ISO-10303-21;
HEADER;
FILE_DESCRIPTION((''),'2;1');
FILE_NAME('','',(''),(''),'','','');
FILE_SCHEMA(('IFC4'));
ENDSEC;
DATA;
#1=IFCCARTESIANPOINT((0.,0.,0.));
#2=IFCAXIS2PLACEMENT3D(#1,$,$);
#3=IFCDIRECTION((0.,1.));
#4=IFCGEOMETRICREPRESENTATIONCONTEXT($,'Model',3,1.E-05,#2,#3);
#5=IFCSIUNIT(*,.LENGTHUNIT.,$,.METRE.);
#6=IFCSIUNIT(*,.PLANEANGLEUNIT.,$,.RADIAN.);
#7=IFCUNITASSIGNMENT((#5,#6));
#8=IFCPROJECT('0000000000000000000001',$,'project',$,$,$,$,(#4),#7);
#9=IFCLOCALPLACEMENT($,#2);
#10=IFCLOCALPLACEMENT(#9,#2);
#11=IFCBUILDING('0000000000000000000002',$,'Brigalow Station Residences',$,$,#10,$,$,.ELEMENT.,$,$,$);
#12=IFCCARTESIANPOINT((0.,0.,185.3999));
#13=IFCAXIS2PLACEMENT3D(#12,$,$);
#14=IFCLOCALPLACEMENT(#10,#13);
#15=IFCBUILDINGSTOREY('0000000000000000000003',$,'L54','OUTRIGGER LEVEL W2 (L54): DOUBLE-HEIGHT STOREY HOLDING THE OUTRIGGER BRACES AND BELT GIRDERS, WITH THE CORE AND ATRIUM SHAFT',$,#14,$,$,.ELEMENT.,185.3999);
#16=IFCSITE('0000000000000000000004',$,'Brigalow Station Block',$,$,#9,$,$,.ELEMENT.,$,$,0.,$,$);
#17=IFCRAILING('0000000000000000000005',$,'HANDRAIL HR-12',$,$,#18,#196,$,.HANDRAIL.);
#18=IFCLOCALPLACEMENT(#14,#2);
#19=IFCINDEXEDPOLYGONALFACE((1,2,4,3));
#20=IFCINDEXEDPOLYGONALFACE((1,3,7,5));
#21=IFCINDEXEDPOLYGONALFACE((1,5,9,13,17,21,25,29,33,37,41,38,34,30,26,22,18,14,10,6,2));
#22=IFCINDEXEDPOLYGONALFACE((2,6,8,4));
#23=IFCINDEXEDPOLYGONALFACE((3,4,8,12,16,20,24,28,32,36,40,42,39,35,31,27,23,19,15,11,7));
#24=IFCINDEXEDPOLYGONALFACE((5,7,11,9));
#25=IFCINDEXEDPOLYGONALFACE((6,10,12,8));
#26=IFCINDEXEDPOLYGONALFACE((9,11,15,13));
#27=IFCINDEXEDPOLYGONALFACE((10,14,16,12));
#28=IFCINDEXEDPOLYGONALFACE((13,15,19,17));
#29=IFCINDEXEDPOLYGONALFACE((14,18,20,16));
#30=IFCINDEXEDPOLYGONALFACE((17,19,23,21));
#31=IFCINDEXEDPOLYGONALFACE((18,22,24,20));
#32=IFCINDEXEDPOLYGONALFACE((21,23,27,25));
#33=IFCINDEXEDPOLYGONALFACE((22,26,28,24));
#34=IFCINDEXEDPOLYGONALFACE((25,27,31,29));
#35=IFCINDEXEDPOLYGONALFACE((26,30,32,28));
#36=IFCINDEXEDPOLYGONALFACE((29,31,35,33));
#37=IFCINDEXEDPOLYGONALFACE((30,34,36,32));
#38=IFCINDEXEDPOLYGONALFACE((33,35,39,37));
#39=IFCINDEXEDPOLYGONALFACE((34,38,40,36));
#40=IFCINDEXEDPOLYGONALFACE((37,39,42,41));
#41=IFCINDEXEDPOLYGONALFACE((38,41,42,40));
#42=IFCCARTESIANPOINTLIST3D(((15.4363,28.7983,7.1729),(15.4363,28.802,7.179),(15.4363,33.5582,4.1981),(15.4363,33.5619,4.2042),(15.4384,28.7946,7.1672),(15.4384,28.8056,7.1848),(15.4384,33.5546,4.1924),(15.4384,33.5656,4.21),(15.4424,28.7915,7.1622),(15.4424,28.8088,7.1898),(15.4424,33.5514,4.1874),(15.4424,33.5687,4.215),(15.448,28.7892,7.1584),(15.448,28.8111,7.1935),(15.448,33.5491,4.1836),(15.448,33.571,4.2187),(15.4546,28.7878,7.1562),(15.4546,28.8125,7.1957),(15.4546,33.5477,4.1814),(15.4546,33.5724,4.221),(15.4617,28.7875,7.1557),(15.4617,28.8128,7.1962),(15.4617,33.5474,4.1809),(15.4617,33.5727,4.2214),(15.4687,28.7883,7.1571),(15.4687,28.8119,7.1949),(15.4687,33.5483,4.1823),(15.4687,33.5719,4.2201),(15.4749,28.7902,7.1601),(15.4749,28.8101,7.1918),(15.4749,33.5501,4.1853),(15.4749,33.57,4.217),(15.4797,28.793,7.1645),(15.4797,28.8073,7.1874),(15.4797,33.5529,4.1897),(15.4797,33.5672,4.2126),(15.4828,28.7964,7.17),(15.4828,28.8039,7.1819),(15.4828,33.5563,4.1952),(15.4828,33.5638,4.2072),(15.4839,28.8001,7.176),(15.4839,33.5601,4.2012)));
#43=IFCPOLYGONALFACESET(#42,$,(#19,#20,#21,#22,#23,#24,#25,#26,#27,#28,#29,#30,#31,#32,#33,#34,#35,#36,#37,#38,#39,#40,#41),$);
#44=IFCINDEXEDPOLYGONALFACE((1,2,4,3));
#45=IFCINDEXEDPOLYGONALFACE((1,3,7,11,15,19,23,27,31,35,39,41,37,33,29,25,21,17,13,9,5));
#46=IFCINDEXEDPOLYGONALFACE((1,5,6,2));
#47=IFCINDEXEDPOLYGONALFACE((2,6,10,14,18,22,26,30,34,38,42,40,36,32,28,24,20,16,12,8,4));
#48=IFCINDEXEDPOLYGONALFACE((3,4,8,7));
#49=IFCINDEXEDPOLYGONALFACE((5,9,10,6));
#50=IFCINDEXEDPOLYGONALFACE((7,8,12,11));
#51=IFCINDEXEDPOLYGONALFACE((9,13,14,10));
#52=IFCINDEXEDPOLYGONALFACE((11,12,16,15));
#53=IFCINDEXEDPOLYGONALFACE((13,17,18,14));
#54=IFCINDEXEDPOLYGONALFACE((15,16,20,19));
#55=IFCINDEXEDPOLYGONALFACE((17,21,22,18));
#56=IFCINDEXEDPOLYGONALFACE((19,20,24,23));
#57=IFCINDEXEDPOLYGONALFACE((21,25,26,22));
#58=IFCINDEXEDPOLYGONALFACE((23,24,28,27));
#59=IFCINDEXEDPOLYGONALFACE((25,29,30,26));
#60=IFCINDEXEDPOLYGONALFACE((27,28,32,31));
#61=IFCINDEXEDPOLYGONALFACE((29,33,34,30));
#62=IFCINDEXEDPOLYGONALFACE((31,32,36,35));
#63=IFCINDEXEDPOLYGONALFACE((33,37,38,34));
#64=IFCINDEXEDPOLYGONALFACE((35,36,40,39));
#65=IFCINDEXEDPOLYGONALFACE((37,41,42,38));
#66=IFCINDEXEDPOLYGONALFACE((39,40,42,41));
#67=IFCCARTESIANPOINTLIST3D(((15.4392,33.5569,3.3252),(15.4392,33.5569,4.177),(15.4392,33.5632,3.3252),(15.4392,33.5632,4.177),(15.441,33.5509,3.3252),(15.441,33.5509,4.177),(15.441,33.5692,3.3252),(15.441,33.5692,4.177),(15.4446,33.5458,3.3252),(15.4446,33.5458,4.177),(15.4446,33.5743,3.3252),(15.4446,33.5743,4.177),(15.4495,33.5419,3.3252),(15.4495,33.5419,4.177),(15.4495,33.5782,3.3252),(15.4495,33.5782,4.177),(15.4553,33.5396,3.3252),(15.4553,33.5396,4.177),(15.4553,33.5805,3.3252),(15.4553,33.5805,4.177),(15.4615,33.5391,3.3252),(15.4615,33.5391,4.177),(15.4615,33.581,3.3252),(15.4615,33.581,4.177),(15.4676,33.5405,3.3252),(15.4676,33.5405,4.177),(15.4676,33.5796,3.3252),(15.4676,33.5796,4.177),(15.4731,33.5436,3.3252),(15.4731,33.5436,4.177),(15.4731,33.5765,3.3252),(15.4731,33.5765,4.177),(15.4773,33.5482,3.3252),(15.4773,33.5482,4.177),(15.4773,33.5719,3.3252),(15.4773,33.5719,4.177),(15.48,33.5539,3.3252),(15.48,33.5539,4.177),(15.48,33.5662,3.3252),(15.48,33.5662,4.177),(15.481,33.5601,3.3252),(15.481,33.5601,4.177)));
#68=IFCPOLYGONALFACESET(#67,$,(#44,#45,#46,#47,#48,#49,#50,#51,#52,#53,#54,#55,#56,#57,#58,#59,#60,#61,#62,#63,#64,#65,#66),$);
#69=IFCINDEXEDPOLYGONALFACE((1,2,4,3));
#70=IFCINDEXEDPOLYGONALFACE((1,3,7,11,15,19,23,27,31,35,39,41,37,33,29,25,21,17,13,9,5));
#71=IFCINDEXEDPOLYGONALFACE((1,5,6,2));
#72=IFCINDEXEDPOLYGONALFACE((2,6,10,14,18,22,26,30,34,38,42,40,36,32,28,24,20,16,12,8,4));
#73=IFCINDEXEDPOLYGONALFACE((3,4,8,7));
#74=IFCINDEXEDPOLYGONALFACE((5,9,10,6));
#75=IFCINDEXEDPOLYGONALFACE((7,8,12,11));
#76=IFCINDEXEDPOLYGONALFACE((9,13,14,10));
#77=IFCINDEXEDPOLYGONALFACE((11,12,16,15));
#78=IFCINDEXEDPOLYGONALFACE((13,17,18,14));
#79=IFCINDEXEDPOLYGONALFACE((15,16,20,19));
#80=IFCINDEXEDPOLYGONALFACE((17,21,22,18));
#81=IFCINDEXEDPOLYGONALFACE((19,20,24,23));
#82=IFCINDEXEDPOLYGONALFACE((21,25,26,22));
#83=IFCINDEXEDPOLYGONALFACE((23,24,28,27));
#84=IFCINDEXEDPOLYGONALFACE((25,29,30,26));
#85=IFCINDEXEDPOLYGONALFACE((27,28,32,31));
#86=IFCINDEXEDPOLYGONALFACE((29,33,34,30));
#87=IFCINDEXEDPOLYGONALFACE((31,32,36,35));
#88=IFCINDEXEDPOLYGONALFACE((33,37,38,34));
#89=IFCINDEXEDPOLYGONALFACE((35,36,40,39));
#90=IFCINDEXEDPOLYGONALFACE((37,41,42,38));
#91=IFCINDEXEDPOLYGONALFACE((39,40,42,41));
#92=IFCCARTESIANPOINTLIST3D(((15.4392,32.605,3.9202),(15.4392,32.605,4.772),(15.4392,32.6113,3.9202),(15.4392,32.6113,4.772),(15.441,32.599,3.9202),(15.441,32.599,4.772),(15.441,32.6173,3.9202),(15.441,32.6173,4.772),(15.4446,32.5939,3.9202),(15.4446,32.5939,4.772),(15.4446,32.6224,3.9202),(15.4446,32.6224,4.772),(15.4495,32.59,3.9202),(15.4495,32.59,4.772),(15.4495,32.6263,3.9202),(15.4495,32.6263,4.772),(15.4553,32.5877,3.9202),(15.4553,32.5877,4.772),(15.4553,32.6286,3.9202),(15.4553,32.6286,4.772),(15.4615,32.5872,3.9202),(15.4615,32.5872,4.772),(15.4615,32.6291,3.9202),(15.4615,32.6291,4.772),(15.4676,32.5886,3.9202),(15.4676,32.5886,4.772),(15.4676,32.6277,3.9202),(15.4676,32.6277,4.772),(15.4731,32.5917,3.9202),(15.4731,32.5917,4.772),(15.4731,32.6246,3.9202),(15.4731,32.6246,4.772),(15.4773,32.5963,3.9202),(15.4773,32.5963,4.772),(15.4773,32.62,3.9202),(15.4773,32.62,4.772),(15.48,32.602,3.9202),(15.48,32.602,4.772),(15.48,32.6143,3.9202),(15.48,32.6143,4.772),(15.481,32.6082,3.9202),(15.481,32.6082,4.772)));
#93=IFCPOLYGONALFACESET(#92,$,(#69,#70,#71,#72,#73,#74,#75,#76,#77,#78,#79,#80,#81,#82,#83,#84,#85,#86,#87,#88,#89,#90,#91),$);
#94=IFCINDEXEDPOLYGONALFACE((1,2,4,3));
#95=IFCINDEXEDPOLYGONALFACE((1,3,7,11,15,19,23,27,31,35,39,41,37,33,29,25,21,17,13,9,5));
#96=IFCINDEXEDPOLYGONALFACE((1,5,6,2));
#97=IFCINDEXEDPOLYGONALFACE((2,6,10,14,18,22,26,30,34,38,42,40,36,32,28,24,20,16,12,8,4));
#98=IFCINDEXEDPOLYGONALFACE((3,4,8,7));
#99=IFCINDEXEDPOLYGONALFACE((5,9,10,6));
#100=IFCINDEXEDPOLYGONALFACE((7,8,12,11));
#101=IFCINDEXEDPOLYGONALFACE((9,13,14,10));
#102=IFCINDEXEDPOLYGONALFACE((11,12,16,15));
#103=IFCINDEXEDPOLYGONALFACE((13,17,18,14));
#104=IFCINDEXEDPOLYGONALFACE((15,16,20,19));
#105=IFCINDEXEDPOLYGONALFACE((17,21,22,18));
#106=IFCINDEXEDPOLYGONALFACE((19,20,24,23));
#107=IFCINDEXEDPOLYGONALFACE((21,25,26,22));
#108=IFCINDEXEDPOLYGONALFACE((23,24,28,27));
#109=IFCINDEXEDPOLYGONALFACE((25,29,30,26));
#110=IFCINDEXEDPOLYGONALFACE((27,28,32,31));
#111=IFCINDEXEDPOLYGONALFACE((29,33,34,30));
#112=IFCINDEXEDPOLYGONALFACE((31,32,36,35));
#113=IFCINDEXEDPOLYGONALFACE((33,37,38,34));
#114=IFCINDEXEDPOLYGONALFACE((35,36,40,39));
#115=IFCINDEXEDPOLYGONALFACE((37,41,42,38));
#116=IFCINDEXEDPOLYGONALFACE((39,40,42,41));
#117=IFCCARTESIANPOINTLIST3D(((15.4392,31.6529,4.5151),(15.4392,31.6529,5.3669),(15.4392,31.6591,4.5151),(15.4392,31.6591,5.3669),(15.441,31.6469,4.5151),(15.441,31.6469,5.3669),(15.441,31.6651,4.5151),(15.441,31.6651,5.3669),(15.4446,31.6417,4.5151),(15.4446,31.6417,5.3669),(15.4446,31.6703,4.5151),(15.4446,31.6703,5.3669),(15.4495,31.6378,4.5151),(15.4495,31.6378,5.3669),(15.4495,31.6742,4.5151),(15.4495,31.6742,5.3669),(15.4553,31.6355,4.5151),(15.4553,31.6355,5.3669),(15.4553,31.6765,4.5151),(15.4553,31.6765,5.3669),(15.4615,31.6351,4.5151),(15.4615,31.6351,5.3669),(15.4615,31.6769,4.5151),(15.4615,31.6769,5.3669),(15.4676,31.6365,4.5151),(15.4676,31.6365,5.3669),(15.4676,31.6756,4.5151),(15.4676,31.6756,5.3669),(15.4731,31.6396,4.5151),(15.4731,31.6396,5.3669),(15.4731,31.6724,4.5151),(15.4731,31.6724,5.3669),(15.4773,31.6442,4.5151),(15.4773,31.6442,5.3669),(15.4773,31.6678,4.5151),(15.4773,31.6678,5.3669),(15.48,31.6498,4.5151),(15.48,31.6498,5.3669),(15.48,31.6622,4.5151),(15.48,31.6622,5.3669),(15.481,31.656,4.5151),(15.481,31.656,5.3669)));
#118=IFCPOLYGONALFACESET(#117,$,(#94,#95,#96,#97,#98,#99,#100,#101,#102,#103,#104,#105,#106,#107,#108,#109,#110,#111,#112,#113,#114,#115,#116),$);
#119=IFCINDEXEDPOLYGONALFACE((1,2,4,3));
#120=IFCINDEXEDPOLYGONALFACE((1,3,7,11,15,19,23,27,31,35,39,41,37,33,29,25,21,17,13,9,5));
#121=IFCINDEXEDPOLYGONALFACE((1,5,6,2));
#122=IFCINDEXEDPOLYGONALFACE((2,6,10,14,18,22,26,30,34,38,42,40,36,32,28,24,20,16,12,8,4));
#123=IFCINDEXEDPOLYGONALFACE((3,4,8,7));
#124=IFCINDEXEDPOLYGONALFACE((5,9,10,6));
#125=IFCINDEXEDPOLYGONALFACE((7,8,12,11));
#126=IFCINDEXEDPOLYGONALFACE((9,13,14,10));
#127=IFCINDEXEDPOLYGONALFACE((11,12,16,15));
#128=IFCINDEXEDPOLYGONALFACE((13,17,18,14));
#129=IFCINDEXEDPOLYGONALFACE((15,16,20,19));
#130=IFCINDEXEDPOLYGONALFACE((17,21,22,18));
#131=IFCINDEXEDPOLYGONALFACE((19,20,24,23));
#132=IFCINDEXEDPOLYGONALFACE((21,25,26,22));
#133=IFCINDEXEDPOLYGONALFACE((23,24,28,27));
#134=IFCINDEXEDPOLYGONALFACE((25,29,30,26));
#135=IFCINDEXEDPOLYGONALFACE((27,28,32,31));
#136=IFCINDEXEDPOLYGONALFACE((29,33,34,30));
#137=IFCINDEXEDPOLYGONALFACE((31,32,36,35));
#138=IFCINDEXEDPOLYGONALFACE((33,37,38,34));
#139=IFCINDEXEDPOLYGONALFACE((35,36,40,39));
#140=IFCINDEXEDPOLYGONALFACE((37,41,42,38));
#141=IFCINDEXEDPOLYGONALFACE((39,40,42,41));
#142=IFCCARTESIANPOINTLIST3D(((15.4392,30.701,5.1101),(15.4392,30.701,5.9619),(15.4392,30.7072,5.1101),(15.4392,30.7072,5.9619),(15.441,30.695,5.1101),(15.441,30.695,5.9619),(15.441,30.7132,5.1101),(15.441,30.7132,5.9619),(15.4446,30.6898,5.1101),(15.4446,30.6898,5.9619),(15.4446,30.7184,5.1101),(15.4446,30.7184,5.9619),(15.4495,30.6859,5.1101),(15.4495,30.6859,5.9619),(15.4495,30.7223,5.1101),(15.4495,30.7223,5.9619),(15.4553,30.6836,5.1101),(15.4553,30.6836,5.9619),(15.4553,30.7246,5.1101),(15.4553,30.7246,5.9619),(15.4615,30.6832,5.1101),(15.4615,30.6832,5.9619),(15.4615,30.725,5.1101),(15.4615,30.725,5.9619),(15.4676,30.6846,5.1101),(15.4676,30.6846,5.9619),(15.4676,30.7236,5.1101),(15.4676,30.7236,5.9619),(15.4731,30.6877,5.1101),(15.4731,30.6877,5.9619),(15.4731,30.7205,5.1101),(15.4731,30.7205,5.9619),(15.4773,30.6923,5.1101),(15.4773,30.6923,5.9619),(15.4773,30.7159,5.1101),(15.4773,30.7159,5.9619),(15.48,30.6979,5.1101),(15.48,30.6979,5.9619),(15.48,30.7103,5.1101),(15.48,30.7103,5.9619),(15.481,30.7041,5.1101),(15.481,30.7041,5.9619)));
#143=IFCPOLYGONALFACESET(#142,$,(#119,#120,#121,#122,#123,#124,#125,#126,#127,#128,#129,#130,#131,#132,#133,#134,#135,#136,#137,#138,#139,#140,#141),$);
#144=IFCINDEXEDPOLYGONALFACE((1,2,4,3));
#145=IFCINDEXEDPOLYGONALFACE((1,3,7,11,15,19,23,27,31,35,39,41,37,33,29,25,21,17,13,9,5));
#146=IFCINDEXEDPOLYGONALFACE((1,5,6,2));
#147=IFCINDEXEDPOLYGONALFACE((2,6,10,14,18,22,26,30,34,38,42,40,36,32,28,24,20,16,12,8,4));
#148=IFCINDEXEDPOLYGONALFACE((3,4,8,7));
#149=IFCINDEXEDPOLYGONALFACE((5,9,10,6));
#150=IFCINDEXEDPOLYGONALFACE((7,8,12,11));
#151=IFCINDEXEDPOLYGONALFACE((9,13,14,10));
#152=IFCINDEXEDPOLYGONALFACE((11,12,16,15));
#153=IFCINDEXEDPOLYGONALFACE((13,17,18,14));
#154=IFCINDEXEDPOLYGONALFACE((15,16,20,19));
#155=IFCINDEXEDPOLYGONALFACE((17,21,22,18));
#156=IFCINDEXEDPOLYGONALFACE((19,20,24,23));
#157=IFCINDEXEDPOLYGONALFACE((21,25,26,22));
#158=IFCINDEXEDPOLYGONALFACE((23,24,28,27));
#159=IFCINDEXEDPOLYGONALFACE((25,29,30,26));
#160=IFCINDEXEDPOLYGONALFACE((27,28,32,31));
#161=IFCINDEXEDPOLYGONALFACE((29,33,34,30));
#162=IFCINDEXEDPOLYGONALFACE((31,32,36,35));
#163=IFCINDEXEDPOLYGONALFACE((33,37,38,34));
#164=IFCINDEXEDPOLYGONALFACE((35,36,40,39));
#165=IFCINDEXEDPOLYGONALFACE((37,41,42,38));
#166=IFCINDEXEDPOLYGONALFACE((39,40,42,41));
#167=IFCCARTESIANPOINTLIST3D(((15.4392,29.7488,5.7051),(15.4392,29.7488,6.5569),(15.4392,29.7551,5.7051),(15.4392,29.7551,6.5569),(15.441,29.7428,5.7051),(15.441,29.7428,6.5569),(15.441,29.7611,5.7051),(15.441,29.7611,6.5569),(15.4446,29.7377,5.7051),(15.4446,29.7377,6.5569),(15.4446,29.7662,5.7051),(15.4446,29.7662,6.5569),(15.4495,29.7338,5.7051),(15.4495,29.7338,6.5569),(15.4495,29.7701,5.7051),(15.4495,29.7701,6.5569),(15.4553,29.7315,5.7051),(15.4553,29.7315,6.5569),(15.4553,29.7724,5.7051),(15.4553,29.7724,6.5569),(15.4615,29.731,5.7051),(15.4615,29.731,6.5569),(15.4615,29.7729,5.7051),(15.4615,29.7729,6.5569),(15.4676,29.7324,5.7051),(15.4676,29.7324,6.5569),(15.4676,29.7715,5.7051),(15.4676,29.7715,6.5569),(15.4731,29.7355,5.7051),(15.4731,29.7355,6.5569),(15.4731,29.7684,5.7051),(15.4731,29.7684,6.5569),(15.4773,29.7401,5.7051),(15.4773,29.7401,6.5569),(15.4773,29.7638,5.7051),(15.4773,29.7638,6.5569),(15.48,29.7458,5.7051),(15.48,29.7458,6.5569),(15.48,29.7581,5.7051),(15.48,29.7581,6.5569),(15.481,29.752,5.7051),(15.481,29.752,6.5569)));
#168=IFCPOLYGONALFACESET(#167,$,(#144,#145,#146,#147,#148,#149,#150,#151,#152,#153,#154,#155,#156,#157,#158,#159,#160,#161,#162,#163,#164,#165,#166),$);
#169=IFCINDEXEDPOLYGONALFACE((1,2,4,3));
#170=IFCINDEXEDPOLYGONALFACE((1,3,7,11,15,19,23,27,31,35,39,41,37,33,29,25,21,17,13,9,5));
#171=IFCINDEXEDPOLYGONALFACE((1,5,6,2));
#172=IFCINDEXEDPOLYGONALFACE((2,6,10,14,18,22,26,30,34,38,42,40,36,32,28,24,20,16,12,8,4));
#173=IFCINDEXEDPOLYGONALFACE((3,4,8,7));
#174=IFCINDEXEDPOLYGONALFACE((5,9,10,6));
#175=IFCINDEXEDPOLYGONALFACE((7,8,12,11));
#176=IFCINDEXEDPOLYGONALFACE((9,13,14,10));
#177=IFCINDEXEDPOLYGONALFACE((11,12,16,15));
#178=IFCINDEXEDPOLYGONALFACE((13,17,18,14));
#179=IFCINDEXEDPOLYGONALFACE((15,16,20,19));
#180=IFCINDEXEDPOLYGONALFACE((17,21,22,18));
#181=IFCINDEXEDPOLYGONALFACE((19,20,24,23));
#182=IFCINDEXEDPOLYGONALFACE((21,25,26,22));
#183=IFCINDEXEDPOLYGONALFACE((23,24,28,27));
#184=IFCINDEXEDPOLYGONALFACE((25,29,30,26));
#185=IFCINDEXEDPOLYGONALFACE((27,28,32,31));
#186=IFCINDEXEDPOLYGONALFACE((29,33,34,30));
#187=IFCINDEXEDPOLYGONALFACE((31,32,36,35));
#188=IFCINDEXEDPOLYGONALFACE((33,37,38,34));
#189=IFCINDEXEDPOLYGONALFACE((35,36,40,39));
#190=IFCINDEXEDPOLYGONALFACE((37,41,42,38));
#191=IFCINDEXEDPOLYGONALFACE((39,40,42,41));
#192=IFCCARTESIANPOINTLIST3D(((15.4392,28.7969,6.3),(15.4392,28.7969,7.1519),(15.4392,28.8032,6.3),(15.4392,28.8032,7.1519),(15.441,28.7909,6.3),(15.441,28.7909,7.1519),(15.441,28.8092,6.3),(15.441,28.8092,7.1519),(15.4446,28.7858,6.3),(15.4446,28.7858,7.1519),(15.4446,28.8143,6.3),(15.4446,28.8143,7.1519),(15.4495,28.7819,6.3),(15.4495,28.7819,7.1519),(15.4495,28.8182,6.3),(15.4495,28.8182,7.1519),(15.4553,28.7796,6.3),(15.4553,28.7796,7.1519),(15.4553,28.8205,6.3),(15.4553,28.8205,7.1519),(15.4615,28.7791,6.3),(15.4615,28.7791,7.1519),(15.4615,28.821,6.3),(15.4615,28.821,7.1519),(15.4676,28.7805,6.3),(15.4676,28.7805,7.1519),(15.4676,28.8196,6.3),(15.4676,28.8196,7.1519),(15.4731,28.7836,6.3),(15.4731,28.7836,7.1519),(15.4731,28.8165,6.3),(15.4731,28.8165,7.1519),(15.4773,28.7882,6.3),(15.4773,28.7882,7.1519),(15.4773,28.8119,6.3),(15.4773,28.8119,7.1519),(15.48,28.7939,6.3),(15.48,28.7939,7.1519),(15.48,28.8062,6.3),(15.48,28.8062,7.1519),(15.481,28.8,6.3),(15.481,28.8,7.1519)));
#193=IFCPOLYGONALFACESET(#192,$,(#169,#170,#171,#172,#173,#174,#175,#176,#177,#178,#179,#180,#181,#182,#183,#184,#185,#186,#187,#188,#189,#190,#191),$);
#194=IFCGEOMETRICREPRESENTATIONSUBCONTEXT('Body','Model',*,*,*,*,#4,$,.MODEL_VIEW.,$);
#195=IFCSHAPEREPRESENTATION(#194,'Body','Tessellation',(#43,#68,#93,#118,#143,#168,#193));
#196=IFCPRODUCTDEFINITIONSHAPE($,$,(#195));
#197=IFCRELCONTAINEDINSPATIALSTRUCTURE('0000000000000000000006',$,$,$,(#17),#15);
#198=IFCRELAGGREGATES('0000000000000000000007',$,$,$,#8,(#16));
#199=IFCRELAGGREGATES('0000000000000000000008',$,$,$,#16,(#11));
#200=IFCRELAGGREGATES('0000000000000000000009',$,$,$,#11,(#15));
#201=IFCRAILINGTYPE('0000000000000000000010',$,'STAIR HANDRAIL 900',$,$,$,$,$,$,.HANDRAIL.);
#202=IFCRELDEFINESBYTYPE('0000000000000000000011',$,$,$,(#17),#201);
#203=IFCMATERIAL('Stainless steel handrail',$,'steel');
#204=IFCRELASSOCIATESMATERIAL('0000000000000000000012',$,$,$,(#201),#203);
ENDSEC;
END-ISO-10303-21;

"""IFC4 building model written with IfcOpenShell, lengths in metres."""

from ifc_helpers import new_model, si_unit, direction, frame, origin, origin_2d, place, context, subcontext, project, spatial, circle, extrude, material, type_object, element, save


model = new_model("IFC4")

# Units and contexts
model_context = context("Model", 3, precision=1e-05, world=origin(), true_north=direction((0.0, 1.0)))
body_context = subcontext(model_context, "Body", "Model", "MODEL_VIEW")
ifc_project = project(units=[si_unit("LENGTHUNIT", "METRE"), si_unit("PLANEANGLEUNIT", "RADIAN")], contexts=[model_context])

# Site, building, storey
site_placement = place(None, origin())
site = spatial("IfcSite", under=ifc_project, at=site_placement, Name="Brigalow Station Block", CompositionType="ELEMENT", RefElevation=0.0)
building_placement = place(site_placement, origin())
building = spatial("IfcBuilding", under=site, at=building_placement, Name="Brigalow Station Residences", CompositionType="ELEMENT")
storey_placement = place(building_placement, frame((0.0, 0.0, 185.3999)))
storey = spatial("IfcBuildingStorey", under=building, at=storey_placement, Name="L54", Description="OUTRIGGER LEVEL W2 (L54): DOUBLE-HEIGHT STOREY HOLDING THE OUTRIGGER BRACES AND BELT GIRDERS, WITH THE CORE AND ATRIUM SHAFT", CompositionType="ELEMENT", Elevation=185.3999)

# Railing
ifc_material_1 = material(Name="Stainless steel handrail", Category="steel")
railing_type_1 = type_object("IfcRailingType", Name="STAIR HANDRAIL 900", PredefinedType="HANDRAIL", material=ifc_material_1)
railing_1_placement = place(storey_placement, frame((15.46, 33.5601, 3.3252)))
element("IfcRailing", 1, at=railing_1_placement, inside=storey, type_object=railing_type_1, Name="HANDRAIL HR-12", PredefinedType="HANDRAIL", context=body_context, shape_type="SweptSolid", body=[
    extrude(circle(Radius=0.0239, at=origin_2d()), frame((0.0, 0.0, 0.876), z_axis=(0.0, -0.848011, 0.529979), x_axis=(1.0, 0.0, 0.0)), (0.0, 0.0, 1.0), 5.613),
    extrude(circle(Radius=0.021, at=origin_2d()), origin(), (0.0, 0.0, 1.0), 0.8518),
    extrude(circle(Radius=0.021, at=origin_2d()), frame((0.0, -0.9519, 0.595)), (0.0, 0.0, 1.0), 0.8518),
    extrude(circle(Radius=0.021, at=origin_2d()), frame((0.0, -1.9041, 1.1899)), (0.0, 0.0, 1.0), 0.8518),
    extrude(circle(Radius=0.021, at=origin_2d()), frame((0.0, -2.856, 1.7849)), (0.0, 0.0, 1.0), 0.8518),
    extrude(circle(Radius=0.021, at=origin_2d()), frame((0.0, -3.8081, 2.3799)), (0.0, 0.0, 1.0), 0.8518),
    extrude(circle(Radius=0.021, at=origin_2d()), frame((0.0, -4.76, 2.9749)), (0.0, 0.0, 1.0), 0.8518),
])

save(model, "model.ifc")
